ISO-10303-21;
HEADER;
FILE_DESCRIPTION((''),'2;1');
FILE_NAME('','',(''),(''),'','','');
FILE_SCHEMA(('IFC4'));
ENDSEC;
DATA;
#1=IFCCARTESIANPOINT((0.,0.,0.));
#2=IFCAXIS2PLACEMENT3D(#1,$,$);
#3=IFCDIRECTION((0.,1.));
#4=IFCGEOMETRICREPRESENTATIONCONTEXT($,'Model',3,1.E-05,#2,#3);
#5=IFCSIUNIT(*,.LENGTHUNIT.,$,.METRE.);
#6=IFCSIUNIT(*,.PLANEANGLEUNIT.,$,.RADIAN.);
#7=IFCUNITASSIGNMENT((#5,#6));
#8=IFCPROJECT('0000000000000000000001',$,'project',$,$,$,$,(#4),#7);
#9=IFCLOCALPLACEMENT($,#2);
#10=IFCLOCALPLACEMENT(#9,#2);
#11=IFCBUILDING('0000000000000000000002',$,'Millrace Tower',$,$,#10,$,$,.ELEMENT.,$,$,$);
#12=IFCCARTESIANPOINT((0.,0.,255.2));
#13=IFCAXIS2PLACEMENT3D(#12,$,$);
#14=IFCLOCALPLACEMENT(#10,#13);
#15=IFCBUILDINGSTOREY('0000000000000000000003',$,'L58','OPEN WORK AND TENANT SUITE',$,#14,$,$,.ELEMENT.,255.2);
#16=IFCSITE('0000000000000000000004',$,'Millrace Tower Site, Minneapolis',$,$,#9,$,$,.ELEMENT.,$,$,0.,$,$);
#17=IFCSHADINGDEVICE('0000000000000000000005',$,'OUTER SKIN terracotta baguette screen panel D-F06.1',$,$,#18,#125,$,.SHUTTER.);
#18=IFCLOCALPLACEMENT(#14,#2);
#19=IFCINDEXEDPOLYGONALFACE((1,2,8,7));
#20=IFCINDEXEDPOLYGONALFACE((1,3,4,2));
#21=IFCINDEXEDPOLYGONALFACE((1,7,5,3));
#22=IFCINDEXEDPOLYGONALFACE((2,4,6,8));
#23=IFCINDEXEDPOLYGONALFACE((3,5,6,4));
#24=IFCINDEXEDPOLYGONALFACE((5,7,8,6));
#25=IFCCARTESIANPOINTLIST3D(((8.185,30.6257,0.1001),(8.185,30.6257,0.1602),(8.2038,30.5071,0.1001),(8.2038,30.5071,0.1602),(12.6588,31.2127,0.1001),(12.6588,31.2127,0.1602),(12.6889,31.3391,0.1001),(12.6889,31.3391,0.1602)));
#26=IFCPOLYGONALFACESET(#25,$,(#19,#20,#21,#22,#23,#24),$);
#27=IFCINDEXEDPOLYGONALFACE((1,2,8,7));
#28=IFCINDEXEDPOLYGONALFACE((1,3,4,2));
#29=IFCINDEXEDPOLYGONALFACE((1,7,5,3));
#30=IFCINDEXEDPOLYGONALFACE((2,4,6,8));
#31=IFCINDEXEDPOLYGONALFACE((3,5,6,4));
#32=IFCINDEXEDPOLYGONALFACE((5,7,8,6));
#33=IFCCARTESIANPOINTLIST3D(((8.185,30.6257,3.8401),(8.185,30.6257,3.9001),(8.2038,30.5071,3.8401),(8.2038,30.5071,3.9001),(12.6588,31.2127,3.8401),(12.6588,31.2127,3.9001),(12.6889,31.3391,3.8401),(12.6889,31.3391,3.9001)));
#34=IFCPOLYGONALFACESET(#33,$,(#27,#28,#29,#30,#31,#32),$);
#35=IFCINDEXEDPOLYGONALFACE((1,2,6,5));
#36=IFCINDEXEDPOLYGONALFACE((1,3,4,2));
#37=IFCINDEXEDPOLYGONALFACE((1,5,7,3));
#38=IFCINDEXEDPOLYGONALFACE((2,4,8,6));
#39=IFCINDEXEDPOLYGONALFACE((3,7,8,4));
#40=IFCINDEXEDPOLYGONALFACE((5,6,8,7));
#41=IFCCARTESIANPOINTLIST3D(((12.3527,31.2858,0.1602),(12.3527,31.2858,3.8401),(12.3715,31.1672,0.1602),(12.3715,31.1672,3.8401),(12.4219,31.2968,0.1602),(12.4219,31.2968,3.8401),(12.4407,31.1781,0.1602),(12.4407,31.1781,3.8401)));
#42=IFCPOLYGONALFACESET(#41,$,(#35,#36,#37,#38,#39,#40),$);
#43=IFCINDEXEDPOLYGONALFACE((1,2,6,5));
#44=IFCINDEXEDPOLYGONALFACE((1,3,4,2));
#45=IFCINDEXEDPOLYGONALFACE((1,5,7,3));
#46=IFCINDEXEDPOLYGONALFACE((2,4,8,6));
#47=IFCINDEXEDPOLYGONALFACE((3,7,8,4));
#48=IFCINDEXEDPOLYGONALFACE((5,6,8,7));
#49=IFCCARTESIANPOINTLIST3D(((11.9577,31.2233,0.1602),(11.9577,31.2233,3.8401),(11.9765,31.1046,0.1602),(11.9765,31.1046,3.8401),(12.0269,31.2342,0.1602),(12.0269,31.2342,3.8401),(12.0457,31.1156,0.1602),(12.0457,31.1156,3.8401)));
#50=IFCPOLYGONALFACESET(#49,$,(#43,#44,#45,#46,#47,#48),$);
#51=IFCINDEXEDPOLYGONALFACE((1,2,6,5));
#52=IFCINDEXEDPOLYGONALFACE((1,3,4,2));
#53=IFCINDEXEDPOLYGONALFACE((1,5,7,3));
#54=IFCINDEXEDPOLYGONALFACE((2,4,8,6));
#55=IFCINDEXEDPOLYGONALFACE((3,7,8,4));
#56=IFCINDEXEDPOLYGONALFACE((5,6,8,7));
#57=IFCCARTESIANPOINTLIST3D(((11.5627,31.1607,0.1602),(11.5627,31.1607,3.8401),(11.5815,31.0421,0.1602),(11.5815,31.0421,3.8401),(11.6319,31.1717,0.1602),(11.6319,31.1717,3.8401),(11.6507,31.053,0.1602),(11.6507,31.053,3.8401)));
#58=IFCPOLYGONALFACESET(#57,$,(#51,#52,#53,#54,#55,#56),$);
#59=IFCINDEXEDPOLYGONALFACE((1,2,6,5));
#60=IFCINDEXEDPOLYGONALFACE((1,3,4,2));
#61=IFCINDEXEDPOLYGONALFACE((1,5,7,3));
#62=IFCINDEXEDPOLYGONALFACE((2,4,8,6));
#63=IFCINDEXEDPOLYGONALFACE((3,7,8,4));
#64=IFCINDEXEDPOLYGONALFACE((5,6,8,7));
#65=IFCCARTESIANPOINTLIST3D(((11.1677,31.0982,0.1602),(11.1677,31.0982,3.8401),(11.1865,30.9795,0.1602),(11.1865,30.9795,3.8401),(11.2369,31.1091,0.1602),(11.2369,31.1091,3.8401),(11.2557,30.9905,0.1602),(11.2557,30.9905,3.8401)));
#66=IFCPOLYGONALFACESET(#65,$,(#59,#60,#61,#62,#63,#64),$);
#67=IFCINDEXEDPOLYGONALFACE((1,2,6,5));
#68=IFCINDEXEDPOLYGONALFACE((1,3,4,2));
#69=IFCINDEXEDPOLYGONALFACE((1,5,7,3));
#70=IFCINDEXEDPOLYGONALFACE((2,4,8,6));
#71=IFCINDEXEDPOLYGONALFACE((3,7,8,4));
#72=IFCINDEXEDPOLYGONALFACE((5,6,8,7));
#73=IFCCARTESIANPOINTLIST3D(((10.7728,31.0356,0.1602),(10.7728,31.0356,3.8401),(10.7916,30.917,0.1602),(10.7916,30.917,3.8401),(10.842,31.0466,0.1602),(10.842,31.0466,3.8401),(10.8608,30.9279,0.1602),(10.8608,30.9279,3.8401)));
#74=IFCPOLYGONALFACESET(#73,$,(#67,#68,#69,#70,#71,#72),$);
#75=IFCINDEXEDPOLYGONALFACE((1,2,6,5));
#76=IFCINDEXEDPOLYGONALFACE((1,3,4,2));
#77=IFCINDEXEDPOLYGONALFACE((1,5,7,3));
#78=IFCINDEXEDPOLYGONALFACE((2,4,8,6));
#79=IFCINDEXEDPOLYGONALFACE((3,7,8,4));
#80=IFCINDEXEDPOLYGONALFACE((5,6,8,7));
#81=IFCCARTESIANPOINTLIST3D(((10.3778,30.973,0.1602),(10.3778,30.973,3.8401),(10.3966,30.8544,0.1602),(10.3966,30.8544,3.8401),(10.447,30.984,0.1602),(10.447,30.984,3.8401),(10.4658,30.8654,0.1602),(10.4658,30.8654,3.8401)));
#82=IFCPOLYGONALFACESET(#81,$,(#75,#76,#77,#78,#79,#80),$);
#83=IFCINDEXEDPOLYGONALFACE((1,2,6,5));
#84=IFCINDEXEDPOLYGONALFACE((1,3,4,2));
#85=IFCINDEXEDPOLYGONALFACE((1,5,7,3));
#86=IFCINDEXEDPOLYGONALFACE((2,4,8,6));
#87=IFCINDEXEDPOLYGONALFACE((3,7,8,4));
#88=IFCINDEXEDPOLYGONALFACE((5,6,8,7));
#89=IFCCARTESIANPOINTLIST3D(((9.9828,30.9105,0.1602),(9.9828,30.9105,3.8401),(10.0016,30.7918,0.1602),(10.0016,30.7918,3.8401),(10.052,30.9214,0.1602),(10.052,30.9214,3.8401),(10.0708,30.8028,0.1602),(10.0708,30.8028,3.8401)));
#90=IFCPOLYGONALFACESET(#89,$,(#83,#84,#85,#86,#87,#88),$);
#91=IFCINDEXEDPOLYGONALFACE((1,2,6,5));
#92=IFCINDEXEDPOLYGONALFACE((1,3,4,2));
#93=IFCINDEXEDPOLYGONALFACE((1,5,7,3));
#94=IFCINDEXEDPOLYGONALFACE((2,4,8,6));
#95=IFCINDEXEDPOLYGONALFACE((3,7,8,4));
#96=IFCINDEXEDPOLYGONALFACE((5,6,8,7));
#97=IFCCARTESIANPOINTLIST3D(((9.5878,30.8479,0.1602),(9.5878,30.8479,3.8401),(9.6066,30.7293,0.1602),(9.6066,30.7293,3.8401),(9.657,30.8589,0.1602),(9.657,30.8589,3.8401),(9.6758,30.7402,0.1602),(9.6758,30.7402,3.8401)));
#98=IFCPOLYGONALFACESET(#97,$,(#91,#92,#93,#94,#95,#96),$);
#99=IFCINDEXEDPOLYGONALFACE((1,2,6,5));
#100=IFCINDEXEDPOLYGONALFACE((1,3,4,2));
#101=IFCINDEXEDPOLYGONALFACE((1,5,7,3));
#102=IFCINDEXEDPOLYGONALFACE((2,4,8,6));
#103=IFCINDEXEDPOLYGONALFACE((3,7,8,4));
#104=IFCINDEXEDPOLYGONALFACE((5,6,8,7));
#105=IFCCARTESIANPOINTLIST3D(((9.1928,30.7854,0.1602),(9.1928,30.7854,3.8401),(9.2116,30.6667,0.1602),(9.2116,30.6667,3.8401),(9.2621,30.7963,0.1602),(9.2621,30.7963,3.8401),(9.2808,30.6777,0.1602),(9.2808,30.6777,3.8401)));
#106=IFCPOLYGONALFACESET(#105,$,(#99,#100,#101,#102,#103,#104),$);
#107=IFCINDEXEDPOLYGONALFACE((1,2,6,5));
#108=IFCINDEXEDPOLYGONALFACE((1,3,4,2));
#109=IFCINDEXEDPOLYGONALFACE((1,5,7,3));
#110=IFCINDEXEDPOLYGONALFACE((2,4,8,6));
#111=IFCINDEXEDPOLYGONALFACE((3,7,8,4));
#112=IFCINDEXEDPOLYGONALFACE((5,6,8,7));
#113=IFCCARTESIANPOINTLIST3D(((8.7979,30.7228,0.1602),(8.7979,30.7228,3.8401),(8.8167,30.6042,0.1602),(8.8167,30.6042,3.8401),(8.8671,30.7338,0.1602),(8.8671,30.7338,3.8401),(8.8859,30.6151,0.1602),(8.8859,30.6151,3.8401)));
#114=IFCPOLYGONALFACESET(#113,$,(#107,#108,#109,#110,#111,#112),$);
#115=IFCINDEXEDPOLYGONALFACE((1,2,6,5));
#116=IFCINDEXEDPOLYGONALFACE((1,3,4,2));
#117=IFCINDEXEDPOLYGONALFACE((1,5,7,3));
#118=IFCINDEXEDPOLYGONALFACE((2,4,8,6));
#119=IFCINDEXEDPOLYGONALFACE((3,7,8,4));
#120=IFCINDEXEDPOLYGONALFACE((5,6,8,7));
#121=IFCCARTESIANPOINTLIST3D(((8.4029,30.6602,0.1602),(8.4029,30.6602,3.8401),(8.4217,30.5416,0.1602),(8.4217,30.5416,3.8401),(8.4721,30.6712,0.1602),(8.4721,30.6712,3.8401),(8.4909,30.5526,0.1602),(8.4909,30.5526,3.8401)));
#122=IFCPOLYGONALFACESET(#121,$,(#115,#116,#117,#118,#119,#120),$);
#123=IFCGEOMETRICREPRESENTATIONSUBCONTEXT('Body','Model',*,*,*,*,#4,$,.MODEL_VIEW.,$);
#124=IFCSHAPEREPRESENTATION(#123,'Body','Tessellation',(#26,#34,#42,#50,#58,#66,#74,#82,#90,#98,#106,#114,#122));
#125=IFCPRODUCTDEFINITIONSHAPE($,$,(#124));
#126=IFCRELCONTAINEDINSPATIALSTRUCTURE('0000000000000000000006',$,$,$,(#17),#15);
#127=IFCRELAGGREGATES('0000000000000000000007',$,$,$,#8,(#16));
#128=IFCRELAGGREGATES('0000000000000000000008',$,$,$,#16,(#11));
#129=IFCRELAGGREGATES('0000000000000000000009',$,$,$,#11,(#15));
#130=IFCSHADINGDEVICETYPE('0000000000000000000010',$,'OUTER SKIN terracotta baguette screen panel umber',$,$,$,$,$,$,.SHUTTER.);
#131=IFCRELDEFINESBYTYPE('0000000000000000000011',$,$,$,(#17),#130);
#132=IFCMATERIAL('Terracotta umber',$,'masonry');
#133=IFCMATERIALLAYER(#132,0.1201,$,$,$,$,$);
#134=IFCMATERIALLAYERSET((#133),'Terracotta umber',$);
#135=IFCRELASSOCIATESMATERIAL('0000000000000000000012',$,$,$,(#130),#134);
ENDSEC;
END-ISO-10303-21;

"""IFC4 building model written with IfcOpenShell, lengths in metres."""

from ifc_helpers import new_model, entity, si_unit, direction, frame, frame_2d, origin, place, context, subcontext, project, spatial, rectangle, extrude, source, transform, mapped, material, layer, layer_set, type_object, element, save


model = new_model("IFC4")

# Units and contexts
model_context = context("Model", 3, precision=1e-05, world=origin(), true_north=direction((0.0, 1.0)))
body_context = subcontext(model_context, "Body", "Model", "MODEL_VIEW")
ifc_project = project(units=[si_unit("LENGTHUNIT", "METRE"), si_unit("PLANEANGLEUNIT", "RADIAN")], contexts=[model_context])

# Site, building, storey
site_placement = place(None, origin())
site = spatial("IfcSite", under=ifc_project, at=site_placement, Name="Millrace Tower Site, Minneapolis", CompositionType="ELEMENT", RefElevation=0.0)
building_placement = place(site_placement, origin())
building = spatial("IfcBuilding", under=site, at=building_placement, Name="Millrace Tower", CompositionType="ELEMENT")
storey_placement = place(building_placement, frame((0.0, 0.0, 255.2)))
storey = spatial("IfcBuildingStorey", under=building, at=storey_placement, Name="L58", Description="OPEN WORK AND TENANT SUITE", CompositionType="ELEMENT", Elevation=255.2)

# Shading device
ifc_material_1 = material(Name="Terracotta umber", Category="masonry")
ifc_layer_1 = layer(ifc_material_1, 0.1201)
ifc_layer_set_1 = layer_set([ifc_layer_1], Name="Terracotta umber")
shading_device_type = type_object("IfcShadingDeviceType", Name="OUTER SKIN terracotta baguette screen panel umber", PredefinedType="SHUTTER", material=ifc_layer_set_1)
cartesian_point_1 = entity("IfcCartesianPoint", [-2.2429, 0.0601])
shared_polyline_1 = entity("IfcPolyline", [cartesian_point_1, entity("IfcCartesianPoint", [2.2676, 0.0601]), entity("IfcCartesianPoint", [2.2676, -0.0601]), entity("IfcCartesianPoint", [-2.2925, -0.0601]), cartesian_point_1])
shared_shape_1 = source(origin(), body_context, "Body", "SweptSolid", [
    entity("IfcExtrudedAreaSolid", entity("IfcArbitraryClosedProfileDef", "AREA", None, shared_polyline_1), entity("IfcAxis2Placement3D", entity("IfcCartesianPoint", [0.0, 0.0, 0.0])), entity("IfcDirection", [0.0, 0.0, 1.0]), 0.0601),
    entity("IfcExtrudedAreaSolid", entity("IfcArbitraryClosedProfileDef", "AREA", None, shared_polyline_1), entity("IfcAxis2Placement3D", entity("IfcCartesianPoint", [0.0, 0.0, 3.74])), entity("IfcDirection", [0.0, 0.0, 1.0]), 0.0601),
    extrude(rectangle(XDim=0.0701, YDim=0.1201, at=frame_2d((-1.9871, 0.0))), frame((0.0, 0.0, 0.0601)), (0.0, 0.0, 1.0), 3.6799),
    extrude(rectangle(XDim=0.0701, YDim=0.1201, at=frame_2d((-1.5872, 0.0))), frame((0.0, 0.0, 0.0601)), (0.0, 0.0, 1.0), 3.6799),
    extrude(rectangle(XDim=0.0701, YDim=0.1201, at=frame_2d((-1.1873, 0.0))), frame((0.0, 0.0, 0.0601)), (0.0, 0.0, 1.0), 3.6799),
    extrude(rectangle(XDim=0.0701, YDim=0.1201, at=frame_2d((-0.7874, 0.0))), frame((0.0, 0.0, 0.0601)), (0.0, 0.0, 1.0), 3.6799),
    extrude(rectangle(XDim=0.0701, YDim=0.1201, at=frame_2d((-0.3875, 0.0))), frame((0.0, 0.0, 0.0601)), (0.0, 0.0, 1.0), 3.6799),
    extrude(rectangle(XDim=0.0701, YDim=0.1201, at=frame_2d((0.0125, 0.0))), frame((0.0, 0.0, 0.0601)), (0.0, 0.0, 1.0), 3.6799),
    extrude(rectangle(XDim=0.0701, YDim=0.1201, at=frame_2d((0.4124, 0.0))), frame((0.0, 0.0, 0.0601)), (0.0, 0.0, 1.0), 3.6799),
    extrude(rectangle(XDim=0.0701, YDim=0.1201, at=frame_2d((0.8123, 0.0))), frame((0.0, 0.0, 0.0601)), (0.0, 0.0, 1.0), 3.6799),
    extrude(rectangle(XDim=0.0701, YDim=0.1201, at=frame_2d((1.2122, 0.0))), frame((0.0, 0.0, 0.0601)), (0.0, 0.0, 1.0), 3.6799),
    extrude(rectangle(XDim=0.0701, YDim=0.1201, at=frame_2d((1.6121, 0.0))), frame((0.0, 0.0, 0.0601)), (0.0, 0.0, 1.0), 3.6799),
    extrude(rectangle(XDim=0.0701, YDim=0.1201, at=frame_2d((2.012, 0.0))), frame((0.0, 0.0, 0.0601)), (0.0, 0.0, 1.0), 3.6799),
])
shading_device_1_placement = place(storey_placement, frame((10.4341, 30.9211, 0.1001), z_axis=(0.0, 0.0, 1.0), x_axis=(-0.987688, -0.156434, 0.0)))
element("IfcShadingDevice", 1, at=shading_device_1_placement, inside=storey, type_object=shading_device_type, Name="OUTER SKIN terracotta baguette screen panel D-F06.1", PredefinedType="SHUTTER", context=body_context, shape_type="MappedRepresentation", body=[
    mapped(shared_shape_1, transform((0.0, 0.0, 0.0), scale=1.0)),
])

save(model, "model.ifc")
